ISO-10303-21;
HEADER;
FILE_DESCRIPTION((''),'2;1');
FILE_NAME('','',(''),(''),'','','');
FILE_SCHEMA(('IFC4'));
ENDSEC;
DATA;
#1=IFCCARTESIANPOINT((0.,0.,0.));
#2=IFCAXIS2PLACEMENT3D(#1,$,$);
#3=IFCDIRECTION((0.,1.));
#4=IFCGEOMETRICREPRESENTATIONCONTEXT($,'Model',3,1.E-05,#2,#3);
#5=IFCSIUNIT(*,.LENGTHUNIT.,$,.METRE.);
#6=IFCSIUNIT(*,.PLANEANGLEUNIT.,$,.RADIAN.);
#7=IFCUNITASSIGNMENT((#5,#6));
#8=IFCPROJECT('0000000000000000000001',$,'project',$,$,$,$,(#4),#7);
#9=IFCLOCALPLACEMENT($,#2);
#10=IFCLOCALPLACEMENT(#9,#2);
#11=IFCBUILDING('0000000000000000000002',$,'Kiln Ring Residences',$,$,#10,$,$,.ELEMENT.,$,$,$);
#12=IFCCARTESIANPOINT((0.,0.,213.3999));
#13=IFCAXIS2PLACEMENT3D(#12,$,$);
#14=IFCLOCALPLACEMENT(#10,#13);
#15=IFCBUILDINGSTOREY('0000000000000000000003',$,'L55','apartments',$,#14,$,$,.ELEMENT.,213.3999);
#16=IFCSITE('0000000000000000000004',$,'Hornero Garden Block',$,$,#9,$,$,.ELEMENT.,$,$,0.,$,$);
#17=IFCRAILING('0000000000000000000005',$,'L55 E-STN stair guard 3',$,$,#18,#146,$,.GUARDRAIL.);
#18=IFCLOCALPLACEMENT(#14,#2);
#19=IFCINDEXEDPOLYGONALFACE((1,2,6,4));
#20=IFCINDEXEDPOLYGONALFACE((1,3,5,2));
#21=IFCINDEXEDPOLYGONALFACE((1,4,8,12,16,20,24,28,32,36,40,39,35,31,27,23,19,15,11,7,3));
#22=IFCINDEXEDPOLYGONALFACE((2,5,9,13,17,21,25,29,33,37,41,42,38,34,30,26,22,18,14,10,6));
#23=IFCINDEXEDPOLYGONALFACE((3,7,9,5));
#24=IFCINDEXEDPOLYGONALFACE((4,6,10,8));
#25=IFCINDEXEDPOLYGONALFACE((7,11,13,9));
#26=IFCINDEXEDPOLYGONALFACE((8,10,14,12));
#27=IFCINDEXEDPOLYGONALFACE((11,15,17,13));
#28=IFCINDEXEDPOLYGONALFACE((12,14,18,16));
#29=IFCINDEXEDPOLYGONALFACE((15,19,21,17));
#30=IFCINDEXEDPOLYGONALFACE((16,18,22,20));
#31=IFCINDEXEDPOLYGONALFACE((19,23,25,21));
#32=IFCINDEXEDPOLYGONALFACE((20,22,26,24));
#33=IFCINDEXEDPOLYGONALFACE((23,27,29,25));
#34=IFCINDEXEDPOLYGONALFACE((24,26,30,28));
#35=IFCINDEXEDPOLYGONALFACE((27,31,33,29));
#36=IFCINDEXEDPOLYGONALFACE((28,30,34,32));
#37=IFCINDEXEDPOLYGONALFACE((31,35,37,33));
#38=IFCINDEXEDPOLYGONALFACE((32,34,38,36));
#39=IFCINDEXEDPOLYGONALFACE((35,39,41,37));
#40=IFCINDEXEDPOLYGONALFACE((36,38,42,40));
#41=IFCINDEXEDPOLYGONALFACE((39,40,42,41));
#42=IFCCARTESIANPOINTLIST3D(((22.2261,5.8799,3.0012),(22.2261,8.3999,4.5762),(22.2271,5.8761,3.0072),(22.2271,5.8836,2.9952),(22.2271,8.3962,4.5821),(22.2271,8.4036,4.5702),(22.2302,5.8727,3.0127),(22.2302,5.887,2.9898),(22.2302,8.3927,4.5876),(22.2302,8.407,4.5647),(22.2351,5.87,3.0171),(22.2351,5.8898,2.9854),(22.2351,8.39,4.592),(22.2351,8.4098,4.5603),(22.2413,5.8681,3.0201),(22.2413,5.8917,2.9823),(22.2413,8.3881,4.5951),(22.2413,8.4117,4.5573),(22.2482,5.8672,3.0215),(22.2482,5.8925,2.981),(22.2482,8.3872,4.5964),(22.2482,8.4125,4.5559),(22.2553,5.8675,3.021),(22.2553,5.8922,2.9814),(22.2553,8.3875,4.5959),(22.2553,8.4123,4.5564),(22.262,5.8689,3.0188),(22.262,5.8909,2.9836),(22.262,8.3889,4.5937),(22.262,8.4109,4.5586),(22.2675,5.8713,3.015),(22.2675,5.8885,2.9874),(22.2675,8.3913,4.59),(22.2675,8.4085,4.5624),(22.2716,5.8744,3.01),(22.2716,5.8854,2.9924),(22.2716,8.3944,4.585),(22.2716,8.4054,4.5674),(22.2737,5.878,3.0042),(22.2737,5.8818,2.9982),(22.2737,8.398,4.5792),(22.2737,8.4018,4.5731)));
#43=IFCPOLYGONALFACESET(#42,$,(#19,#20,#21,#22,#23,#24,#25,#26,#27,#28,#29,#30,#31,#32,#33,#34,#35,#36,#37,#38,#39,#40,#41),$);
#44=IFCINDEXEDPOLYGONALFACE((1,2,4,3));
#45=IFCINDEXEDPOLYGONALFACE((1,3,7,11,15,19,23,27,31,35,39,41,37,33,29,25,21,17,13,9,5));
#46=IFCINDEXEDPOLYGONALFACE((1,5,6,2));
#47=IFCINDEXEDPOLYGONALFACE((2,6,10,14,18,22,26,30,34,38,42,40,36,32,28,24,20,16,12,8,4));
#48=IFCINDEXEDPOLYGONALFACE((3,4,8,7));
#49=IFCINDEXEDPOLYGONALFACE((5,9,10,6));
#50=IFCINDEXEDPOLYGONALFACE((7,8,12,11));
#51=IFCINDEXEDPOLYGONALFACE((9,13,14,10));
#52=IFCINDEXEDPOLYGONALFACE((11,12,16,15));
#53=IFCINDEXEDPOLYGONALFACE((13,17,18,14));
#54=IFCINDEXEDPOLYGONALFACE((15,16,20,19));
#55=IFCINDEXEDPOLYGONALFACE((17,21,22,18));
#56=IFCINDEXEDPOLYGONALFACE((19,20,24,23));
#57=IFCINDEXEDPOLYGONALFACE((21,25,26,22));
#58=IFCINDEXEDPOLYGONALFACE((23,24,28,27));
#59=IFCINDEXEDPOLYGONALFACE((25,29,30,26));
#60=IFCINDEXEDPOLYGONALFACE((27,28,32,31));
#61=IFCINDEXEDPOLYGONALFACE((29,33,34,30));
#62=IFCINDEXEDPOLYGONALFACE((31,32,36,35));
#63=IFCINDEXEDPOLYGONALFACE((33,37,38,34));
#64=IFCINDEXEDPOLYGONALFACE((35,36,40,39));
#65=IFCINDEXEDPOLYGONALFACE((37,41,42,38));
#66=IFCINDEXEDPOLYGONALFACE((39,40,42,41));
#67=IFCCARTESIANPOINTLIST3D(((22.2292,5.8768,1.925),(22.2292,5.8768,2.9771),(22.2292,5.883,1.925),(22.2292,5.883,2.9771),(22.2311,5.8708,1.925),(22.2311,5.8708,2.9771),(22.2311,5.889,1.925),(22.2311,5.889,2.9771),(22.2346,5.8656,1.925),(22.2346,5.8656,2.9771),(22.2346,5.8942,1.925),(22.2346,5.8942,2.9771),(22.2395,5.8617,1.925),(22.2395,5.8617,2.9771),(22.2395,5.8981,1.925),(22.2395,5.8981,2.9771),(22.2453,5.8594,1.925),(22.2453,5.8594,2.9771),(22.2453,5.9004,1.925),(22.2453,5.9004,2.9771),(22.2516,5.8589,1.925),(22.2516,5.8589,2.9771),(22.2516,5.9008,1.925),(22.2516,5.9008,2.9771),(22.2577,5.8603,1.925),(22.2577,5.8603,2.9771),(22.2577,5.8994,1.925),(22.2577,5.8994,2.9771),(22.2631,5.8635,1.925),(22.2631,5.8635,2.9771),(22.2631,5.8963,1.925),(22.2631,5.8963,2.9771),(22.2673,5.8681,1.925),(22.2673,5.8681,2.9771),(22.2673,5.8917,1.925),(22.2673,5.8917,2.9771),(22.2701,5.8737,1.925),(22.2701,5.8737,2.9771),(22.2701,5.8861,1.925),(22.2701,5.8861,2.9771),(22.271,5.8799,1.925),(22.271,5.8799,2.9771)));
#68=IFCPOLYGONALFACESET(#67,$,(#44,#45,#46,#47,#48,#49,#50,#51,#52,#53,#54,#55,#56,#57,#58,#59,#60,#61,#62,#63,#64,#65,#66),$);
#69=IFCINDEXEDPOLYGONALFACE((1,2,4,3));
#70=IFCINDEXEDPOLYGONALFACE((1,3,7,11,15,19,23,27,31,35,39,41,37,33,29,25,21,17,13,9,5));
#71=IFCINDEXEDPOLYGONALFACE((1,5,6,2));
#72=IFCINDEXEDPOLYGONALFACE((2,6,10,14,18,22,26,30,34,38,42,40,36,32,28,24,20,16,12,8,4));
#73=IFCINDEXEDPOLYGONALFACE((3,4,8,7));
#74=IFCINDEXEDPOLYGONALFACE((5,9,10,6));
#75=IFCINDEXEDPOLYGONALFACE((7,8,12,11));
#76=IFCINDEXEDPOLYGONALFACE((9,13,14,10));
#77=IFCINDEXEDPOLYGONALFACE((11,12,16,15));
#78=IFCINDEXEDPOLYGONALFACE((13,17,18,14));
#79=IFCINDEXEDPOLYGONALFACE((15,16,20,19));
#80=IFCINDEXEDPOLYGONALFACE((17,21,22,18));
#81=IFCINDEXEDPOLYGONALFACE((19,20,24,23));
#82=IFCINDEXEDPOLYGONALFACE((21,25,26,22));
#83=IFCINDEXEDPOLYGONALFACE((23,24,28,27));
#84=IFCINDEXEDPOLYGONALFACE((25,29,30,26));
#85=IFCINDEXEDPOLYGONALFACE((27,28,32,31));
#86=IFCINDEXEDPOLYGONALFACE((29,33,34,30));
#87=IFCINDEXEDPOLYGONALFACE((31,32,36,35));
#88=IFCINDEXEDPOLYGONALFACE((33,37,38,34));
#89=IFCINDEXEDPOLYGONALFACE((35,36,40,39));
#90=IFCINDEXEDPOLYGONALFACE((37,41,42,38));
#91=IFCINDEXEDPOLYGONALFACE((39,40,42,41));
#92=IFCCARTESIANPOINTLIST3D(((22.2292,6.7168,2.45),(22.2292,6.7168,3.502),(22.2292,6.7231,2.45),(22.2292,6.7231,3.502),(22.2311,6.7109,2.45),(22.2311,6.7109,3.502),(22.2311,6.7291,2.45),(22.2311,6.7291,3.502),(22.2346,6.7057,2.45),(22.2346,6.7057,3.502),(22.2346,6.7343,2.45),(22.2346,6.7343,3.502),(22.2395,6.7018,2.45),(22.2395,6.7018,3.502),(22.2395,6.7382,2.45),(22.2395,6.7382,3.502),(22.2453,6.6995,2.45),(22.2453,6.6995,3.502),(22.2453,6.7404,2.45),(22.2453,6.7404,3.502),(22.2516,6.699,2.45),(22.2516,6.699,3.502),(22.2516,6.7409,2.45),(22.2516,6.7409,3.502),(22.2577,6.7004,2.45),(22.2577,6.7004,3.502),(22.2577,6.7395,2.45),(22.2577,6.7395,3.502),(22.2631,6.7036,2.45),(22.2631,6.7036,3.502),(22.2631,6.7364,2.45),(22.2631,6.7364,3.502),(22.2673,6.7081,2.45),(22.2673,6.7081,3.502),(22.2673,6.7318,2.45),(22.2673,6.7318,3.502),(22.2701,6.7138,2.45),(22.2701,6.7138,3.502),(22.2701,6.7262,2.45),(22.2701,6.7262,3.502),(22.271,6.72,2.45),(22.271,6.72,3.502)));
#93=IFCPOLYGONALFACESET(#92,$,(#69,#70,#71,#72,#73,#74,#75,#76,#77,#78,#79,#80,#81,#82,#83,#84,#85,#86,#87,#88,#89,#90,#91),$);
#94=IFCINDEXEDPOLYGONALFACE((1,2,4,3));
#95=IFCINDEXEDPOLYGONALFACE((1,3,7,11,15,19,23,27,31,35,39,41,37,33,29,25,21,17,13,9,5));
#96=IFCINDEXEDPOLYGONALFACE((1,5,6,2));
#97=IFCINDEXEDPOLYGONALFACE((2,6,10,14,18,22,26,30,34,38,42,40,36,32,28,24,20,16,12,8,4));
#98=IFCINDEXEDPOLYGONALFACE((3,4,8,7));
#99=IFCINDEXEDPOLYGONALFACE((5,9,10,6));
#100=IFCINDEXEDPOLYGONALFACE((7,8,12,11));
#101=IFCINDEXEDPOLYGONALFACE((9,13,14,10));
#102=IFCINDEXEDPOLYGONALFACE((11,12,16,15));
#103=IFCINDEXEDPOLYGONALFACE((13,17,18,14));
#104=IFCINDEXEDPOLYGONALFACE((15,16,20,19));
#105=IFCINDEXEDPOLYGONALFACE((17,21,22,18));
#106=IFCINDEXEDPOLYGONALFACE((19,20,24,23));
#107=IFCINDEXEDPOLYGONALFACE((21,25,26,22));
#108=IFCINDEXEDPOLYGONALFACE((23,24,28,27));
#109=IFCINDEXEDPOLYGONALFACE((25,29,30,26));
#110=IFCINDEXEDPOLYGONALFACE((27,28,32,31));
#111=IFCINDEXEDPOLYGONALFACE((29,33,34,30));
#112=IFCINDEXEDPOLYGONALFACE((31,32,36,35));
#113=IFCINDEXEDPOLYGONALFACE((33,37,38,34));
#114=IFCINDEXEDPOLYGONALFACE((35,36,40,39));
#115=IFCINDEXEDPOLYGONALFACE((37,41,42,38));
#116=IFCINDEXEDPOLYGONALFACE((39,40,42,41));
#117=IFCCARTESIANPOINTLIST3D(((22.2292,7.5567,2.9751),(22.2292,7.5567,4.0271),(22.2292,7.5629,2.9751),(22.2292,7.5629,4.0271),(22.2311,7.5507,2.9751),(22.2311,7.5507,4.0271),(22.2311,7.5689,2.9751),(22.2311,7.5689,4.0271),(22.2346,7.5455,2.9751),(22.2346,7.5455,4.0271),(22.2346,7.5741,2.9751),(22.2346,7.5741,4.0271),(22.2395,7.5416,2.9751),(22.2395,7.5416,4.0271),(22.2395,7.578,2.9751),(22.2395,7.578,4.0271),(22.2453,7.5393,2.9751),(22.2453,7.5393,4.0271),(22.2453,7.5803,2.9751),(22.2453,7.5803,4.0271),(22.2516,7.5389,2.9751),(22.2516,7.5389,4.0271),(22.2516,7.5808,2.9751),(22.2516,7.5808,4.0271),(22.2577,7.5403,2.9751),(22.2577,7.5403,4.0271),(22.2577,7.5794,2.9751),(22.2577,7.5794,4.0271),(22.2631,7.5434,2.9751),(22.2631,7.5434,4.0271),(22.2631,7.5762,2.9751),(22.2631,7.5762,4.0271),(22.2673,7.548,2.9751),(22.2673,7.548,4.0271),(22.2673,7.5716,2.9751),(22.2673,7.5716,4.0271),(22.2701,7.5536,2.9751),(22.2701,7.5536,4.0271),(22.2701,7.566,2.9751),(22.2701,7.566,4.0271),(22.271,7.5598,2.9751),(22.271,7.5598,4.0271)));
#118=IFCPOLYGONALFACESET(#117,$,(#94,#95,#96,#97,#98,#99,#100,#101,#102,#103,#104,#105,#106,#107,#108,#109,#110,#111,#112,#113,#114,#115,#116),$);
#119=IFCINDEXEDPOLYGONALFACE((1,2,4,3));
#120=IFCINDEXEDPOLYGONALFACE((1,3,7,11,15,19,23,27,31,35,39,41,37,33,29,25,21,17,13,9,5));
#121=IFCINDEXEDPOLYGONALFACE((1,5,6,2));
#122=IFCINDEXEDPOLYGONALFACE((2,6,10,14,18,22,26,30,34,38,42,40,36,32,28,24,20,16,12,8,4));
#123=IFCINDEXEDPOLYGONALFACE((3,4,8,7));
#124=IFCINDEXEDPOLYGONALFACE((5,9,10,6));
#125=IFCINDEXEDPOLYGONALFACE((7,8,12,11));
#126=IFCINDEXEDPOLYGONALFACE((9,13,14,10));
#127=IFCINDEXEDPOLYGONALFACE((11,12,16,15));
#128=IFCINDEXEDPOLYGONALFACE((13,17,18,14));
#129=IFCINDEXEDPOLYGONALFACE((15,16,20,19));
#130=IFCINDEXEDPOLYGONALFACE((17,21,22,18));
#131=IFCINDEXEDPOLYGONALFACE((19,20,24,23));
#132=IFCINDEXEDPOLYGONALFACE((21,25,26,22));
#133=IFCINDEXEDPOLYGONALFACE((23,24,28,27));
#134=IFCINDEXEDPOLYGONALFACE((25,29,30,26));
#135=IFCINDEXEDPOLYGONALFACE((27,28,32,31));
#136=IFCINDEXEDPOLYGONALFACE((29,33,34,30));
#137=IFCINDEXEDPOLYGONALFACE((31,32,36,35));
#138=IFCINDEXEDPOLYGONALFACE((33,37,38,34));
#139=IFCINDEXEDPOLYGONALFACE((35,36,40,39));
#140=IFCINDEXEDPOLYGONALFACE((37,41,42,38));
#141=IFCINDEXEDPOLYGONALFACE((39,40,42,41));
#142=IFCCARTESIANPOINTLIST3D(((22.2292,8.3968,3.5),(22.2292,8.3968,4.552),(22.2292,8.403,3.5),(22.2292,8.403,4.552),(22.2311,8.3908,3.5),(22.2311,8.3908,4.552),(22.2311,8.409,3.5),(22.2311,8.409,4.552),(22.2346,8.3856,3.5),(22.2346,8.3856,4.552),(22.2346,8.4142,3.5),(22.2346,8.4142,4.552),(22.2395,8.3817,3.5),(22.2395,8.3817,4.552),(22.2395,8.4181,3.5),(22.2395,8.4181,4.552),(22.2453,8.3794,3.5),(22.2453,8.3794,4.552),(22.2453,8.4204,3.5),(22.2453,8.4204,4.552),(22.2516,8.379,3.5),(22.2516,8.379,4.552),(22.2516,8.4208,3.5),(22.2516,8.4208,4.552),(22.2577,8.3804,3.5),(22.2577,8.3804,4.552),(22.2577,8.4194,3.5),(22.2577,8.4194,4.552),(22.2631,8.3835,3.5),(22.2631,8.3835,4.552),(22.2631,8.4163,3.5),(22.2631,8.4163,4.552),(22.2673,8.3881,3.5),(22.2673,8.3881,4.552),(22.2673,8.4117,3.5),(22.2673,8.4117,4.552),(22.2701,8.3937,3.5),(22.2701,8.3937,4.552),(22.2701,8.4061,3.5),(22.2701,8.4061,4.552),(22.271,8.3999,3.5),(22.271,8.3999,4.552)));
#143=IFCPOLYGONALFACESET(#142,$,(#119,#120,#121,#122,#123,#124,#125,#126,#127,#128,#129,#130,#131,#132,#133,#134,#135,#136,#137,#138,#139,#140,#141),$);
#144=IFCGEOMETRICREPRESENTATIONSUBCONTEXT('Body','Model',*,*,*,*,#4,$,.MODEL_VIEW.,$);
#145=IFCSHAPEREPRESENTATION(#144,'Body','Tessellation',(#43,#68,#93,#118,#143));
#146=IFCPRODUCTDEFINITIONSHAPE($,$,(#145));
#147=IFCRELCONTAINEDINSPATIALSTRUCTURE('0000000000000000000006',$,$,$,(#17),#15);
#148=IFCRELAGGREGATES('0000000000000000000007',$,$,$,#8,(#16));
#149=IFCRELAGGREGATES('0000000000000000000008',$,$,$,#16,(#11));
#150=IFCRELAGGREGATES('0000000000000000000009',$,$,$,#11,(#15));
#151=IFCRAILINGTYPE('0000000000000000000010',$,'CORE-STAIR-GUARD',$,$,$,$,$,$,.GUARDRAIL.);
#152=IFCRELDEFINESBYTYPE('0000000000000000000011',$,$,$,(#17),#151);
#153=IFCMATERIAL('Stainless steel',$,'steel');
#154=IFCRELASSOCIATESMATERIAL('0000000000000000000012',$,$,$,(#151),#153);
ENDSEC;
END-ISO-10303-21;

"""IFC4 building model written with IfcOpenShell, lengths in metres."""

from ifc_helpers import new_model, si_unit, direction, frame, origin, origin_2d, place, context, subcontext, project, spatial, circle, extrude, material, type_object, element, save


model = new_model("IFC4")

# Units and contexts
model_context = context("Model", 3, precision=1e-05, world=origin(), true_north=direction((0.0, 1.0)))
body_context = subcontext(model_context, "Body", "Model", "MODEL_VIEW")
ifc_project = project(units=[si_unit("LENGTHUNIT", "METRE"), si_unit("PLANEANGLEUNIT", "RADIAN")], contexts=[model_context])

# Site, building, storey
site_placement = place(None, origin())
site = spatial("IfcSite", under=ifc_project, at=site_placement, Name="Hornero Garden Block", CompositionType="ELEMENT", RefElevation=0.0)
building_placement = place(site_placement, origin())
building = spatial("IfcBuilding", under=site, at=building_placement, Name="Kiln Ring Residences", CompositionType="ELEMENT")
storey_placement = place(building_placement, frame((0.0, 0.0, 213.3999)))
storey = spatial("IfcBuildingStorey", under=building, at=storey_placement, Name="L55", Description="apartments", CompositionType="ELEMENT", Elevation=213.3999)

# Railing
ifc_material_1 = material(Name="Stainless steel", Category="steel")
railing_type_1 = type_object("IfcRailingType", Name="CORE-STAIR-GUARD", PredefinedType="GUARDRAIL", material=ifc_material_1)
railing_1_placement = place(storey_placement, frame((22.25, 5.8799, 1.925)))
element("IfcRailing", 1, at=railing_1_placement, inside=storey, type_object=railing_type_1, Name="L55 E-STN stair guard 3", PredefinedType="GUARDRAIL", context=body_context, shape_type="SweptSolid", body=[
    extrude(circle(Radius=0.0239, at=origin_2d()), frame((0.0, 0.0, 1.0762), z_axis=(0.0, 0.848008, 0.529984), x_axis=(-1.0, 0.0, 0.0)), (0.0, 0.0, 1.0), 2.9717),
    extrude(circle(Radius=0.021, at=origin_2d()), origin(), (0.0, 0.0, 1.0), 1.052),
    extrude(circle(Radius=0.021, at=origin_2d()), frame((0.0, 0.8401, 0.5249)), (0.0, 0.0, 1.0), 1.052),
    extrude(circle(Radius=0.021, at=origin_2d()), frame((0.0, 1.6799, 1.05)), (0.0, 0.0, 1.0), 1.052),
    extrude(circle(Radius=0.021, at=origin_2d()), frame((0.0, 2.52, 1.575)), (0.0, 0.0, 1.0), 1.052),
])

save(model, "model.ifc")
